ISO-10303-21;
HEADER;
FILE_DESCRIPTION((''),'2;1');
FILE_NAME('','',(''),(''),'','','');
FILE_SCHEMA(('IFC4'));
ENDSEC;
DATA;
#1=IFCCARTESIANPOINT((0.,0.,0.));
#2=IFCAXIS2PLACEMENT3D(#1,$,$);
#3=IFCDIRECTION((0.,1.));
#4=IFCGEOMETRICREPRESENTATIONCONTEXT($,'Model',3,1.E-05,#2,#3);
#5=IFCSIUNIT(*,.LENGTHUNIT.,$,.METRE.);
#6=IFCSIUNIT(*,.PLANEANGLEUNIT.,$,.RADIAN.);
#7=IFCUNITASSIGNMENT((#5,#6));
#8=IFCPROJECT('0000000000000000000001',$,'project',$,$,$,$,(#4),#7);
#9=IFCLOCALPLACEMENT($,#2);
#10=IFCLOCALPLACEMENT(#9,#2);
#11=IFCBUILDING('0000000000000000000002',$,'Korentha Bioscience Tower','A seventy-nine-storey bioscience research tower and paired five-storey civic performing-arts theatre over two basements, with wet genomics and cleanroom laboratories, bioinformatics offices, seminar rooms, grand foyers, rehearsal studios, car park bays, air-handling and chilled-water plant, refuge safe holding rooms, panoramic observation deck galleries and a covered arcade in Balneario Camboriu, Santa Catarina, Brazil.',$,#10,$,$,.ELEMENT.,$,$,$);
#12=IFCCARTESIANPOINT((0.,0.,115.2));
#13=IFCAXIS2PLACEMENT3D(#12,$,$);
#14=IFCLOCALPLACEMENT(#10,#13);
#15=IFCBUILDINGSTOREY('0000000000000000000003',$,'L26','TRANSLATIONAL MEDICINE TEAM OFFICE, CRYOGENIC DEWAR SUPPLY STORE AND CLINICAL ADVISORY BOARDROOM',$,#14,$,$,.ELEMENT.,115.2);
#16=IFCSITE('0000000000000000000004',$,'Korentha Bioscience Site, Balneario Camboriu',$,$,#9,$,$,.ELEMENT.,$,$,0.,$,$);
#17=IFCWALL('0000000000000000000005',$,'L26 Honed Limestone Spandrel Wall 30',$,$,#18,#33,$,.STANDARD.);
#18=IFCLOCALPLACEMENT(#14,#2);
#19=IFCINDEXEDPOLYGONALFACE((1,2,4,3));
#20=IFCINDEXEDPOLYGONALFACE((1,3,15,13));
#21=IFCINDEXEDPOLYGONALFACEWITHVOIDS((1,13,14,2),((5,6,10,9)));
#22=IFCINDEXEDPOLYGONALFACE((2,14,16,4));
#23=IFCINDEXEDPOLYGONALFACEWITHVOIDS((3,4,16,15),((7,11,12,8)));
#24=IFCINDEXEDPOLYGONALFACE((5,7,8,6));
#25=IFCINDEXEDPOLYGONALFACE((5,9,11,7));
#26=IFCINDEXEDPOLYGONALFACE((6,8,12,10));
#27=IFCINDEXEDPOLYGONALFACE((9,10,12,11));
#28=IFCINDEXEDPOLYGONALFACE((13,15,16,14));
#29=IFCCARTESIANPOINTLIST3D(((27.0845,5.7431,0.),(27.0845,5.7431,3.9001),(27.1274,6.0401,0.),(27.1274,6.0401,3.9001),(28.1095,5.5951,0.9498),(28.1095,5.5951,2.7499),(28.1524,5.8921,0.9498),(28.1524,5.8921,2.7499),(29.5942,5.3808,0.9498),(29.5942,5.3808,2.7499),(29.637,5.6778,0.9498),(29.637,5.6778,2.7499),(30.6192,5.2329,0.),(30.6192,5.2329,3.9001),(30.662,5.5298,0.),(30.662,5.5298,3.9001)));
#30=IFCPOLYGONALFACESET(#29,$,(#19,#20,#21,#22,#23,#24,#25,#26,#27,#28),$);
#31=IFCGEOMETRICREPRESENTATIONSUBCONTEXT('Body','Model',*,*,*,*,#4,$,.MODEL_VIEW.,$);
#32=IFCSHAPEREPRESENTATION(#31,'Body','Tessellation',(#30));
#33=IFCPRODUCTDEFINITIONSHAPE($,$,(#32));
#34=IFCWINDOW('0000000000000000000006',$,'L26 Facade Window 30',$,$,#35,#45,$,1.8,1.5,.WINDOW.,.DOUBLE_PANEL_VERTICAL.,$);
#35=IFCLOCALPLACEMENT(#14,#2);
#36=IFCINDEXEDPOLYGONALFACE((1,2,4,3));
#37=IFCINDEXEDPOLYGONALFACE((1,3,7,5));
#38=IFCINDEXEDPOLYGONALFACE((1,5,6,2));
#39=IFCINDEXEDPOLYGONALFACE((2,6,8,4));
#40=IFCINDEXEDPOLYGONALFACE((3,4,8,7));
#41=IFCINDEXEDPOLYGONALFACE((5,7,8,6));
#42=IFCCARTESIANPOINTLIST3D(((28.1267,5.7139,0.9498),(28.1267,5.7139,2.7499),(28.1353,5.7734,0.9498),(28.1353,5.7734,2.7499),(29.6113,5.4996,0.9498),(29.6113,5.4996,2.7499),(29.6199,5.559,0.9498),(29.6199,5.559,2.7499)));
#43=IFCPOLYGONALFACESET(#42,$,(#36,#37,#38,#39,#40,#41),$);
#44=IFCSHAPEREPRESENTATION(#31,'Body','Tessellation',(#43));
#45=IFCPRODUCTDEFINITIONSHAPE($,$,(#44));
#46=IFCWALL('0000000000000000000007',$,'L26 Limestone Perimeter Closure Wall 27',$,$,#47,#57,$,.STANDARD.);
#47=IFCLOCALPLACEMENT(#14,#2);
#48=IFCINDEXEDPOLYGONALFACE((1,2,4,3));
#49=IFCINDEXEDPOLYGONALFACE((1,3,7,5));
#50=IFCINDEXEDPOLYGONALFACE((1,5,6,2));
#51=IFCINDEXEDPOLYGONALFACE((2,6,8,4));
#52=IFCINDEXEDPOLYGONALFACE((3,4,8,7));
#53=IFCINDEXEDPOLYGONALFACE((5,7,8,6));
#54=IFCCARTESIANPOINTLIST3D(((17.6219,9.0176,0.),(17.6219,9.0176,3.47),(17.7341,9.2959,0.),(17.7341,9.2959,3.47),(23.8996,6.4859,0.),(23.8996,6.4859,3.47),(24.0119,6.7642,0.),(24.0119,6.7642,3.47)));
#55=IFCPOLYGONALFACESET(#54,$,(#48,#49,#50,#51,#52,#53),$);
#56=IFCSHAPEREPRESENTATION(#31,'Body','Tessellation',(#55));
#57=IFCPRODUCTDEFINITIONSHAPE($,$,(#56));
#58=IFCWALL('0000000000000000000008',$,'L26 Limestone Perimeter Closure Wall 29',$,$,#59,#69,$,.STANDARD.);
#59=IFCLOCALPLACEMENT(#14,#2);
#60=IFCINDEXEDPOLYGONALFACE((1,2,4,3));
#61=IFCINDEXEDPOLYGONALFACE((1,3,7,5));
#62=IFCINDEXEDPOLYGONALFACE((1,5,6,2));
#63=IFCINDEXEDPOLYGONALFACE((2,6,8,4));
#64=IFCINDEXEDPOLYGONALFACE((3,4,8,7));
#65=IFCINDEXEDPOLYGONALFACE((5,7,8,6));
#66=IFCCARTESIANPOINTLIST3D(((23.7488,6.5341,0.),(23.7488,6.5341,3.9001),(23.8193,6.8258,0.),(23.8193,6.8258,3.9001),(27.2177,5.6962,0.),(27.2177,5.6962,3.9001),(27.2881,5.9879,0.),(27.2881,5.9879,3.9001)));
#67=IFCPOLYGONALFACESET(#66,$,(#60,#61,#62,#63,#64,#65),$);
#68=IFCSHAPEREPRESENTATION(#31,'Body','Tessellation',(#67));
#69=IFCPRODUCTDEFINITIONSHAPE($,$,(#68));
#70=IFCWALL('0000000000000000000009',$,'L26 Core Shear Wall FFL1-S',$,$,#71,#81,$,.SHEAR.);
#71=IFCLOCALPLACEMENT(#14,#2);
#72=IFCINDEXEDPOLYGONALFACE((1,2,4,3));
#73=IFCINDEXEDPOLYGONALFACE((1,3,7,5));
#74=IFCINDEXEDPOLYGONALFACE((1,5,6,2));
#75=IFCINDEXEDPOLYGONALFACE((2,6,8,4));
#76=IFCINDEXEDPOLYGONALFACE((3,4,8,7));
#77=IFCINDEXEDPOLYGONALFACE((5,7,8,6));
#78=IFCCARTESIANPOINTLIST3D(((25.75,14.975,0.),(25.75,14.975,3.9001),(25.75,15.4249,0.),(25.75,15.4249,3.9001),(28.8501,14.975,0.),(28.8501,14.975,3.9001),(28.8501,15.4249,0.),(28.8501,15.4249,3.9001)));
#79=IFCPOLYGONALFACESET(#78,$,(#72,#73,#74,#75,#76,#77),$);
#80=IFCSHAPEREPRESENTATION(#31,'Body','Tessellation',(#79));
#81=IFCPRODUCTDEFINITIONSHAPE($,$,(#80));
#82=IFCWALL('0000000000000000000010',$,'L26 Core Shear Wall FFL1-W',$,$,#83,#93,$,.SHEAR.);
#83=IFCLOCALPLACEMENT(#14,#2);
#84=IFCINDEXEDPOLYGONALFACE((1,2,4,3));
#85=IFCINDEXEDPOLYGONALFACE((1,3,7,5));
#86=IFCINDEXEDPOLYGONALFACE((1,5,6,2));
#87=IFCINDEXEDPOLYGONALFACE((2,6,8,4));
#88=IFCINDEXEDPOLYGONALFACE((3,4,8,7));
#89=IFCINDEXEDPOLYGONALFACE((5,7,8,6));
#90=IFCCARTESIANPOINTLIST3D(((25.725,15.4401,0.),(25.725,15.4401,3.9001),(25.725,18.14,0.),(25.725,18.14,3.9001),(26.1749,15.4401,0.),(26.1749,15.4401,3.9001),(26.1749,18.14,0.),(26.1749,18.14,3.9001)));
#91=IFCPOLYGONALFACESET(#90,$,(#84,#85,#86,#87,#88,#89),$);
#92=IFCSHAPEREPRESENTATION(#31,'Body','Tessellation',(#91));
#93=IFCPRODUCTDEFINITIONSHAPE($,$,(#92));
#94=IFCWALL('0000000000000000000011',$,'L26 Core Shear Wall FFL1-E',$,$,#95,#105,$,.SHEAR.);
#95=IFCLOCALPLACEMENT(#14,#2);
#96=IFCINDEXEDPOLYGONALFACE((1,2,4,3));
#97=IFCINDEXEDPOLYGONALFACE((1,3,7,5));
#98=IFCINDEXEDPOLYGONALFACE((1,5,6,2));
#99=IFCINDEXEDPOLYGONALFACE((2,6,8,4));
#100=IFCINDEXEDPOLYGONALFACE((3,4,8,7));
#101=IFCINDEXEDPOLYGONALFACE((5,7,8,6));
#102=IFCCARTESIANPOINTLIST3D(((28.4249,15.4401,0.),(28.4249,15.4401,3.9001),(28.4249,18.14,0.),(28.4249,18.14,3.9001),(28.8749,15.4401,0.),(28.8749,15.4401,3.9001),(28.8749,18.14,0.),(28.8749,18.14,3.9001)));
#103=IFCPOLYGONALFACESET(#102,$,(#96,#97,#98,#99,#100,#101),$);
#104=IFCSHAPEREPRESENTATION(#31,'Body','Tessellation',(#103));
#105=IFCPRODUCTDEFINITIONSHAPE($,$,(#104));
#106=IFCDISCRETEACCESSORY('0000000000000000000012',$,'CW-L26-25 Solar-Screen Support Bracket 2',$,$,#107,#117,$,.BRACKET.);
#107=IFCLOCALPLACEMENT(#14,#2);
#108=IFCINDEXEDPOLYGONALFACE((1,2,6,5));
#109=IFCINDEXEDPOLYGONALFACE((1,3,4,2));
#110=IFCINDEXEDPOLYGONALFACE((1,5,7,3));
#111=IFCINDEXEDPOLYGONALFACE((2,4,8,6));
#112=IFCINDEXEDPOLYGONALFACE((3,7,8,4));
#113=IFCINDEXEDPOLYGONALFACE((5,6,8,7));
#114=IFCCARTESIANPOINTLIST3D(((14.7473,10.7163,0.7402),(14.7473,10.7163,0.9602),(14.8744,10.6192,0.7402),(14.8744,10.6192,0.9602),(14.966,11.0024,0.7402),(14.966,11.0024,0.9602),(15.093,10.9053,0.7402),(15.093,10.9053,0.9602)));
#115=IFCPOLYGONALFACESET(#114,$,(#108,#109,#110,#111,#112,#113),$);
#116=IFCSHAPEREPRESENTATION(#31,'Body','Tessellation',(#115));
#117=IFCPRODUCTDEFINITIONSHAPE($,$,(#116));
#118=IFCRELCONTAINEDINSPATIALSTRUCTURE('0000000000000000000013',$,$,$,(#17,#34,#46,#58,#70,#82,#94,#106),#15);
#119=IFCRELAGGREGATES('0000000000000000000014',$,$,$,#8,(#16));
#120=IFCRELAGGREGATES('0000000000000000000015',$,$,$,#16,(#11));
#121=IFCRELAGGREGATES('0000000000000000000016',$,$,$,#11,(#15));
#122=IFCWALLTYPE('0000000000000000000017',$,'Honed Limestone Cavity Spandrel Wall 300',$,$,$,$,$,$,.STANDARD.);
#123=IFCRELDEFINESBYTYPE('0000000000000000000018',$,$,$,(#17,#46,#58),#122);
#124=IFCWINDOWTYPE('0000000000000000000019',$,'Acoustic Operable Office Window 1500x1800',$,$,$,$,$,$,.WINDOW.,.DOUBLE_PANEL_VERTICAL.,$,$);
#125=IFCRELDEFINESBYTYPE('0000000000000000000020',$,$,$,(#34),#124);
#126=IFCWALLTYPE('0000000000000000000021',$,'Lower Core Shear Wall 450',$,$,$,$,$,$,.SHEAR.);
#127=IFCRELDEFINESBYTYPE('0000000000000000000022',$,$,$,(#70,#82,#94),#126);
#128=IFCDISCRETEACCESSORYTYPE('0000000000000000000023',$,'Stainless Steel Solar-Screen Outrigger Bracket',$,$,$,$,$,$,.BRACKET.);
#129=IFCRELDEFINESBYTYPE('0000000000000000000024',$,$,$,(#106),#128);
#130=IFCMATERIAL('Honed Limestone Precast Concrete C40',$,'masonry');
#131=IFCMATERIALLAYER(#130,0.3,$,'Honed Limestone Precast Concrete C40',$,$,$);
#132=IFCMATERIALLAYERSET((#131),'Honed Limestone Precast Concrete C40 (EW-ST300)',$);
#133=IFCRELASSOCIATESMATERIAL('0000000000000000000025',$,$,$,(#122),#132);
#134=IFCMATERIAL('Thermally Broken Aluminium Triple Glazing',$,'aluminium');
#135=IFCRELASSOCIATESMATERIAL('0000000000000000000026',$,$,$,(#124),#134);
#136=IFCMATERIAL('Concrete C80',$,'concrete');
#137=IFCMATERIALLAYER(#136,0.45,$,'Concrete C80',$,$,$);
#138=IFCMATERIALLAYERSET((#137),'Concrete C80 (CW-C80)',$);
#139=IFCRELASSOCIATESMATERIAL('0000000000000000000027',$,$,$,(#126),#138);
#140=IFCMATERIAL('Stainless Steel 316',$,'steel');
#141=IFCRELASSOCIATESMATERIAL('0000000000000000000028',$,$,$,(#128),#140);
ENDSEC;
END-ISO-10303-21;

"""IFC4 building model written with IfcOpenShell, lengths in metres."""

from ifc_helpers import new_model, si_unit, direction, frame, frame_2d, origin, origin_2d, place, context, subcontext, project, spatial, rectangle, extrude, material, layer, layer_set, type_object, element, fill, save


model = new_model("IFC4")

# Units and contexts
model_context = context("Model", 3, precision=1e-05, world=origin(), true_north=direction((0.0, 1.0)))
body_context = subcontext(model_context, "Body", "Model", "MODEL_VIEW")
ifc_project = project(units=[si_unit("LENGTHUNIT", "METRE"), si_unit("PLANEANGLEUNIT", "RADIAN")], contexts=[model_context])

# Site, building, storey
site_placement = place(None, origin())
site = spatial("IfcSite", under=ifc_project, at=site_placement, Name="Korentha Bioscience Site, Balneario Camboriu", CompositionType="ELEMENT", RefElevation=0.0)
building_placement = place(site_placement, origin())
building = spatial("IfcBuilding", under=site, at=building_placement, Name="Korentha Bioscience Tower", Description="A seventy-nine-storey bioscience research tower and paired five-storey civic performing-arts theatre over two basements, with wet genomics and cleanroom laboratories, bioinformatics offices, seminar rooms, grand foyers, rehearsal studios, car park bays, air-handling and chilled-water plant, refuge safe holding rooms, panoramic observation deck galleries and a covered arcade in Balneario Camboriu, Santa Catarina, Brazil.", CompositionType="ELEMENT")
storey_placement = place(building_placement, frame((0.0, 0.0, 115.2)))
storey = spatial("IfcBuildingStorey", under=building, at=storey_placement, Name="L26", Description="TRANSLATIONAL MEDICINE TEAM OFFICE, CRYOGENIC DEWAR SUPPLY STORE AND CLINICAL ADVISORY BOARDROOM", CompositionType="ELEMENT", Elevation=115.2)

# Shared definitions
ifc_material_1 = material(Name="Concrete C80", Category="concrete")

# Wall, opening, window
ifc_material_2 = material(Name="Honed Limestone Precast Concrete C40", Category="masonry")
ifc_layer_1 = layer(ifc_material_2, 0.3, Name="Honed Limestone Precast Concrete C40")
ifc_layer_set_1 = layer_set([ifc_layer_1], Name="Honed Limestone Precast Concrete C40 (EW-ST300)")
wall_type_1 = type_object("IfcWallType", Name="Honed Limestone Cavity Spandrel Wall 300", PredefinedType="STANDARD", material=ifc_layer_set_1)
ifc_material_3 = material(Name="Thermally Broken Aluminium Triple Glazing", Category="aluminium")
window_type = type_object("IfcWindowType", Name="Acoustic Operable Office Window 1500x1800", PartitioningType="DOUBLE_PANEL_VERTICAL", PredefinedType="WINDOW", material=ifc_material_3)
wall_1_placement = place(storey_placement, frame((27.106, 5.8916, 0.0), z_axis=(0.0, 0.0, 1.0), x_axis=(0.989741, -0.142876, 0.0)))
wall_1 = element("IfcWall", 1, at=wall_1_placement, inside=storey, type_object=wall_type_1, Name="L26 Honed Limestone Spandrel Wall 30", PredefinedType="STANDARD", context=body_context, shape_type="SweptSolid", body=[
    extrude(rectangle(XDim=3.5713, YDim=0.3, at=frame_2d((1.7856, 0.0))), origin(), (0.0, 0.0, 1.0), 3.9001),
])
opening_1_placement = place(wall_1_placement, frame((1.0356, 0.0, 0.95)))
opening_1 = element("IfcOpeningElement", 2, at=opening_1_placement, cuts=wall_1, PredefinedType="OPENING", context=body_context, shape_type="SweptSolid", body=[
    extrude(rectangle(XDim=1.5, YDim=1.8, at=frame_2d((0.75, 0.8999))), frame((0.0, 0.165, 0.0), z_axis=(0.0, -1.0, 0.0), x_axis=(1.0, 0.0, 0.0)), (0.0, 0.0, 1.0), 0.3298),
])
window_1_placement = place(opening_1_placement, origin())
window_1 = element("IfcWindow", 3, at=window_1_placement, inside=storey, type_object=window_type, Name="L26 Facade Window 30", OverallHeight=1.8, OverallWidth=1.5, PartitioningType="DOUBLE_PANEL_VERTICAL", PredefinedType="WINDOW", context=body_context, shape_type="SweptSolid", body=[
    extrude(rectangle(XDim=1.5, YDim=1.8, at=frame_2d((0.75, 0.8999))), frame((0.0, 0.03, 0.0), z_axis=(0.0, -1.0, 0.0), x_axis=(1.0, 0.0, 0.0)), (0.0, 0.0, 1.0), 0.0601),
])
fill(opening_1, window_1)

# Walls
wall_2_placement = place(storey_placement, frame((17.678, 9.1567, 0.0), z_axis=(0.0, 0.0, 1.0), x_axis=(0.927423, -0.374013, 0.0)))
element("IfcWall", 4, at=wall_2_placement, inside=storey, type_object=wall_type_1, Name="L26 Limestone Perimeter Closure Wall 27", PredefinedType="STANDARD", context=body_context, shape_type="SweptSolid", body=[
    extrude(rectangle(XDim=6.769, YDim=0.3, at=frame_2d((3.3845, 0.0))), origin(), (0.0, 0.0, 1.0), 3.47),
])
wall_3_placement = place(storey_placement, frame((23.7842, 6.6799, 0.0), z_axis=(0.0, 0.0, 1.0), x_axis=(0.972043, -0.234801, 0.0)))
element("IfcWall", 5, at=wall_3_placement, inside=storey, type_object=wall_type_1, Name="L26 Limestone Perimeter Closure Wall 29", PredefinedType="STANDARD", context=body_context, shape_type="SweptSolid", body=[
    extrude(rectangle(XDim=3.5686, YDim=0.3, at=frame_2d((1.7842, 0.0))), origin(), (0.0, 0.0, 1.0), 3.9001),
])
ifc_layer_2 = layer(ifc_material_1, 0.45, Name="Concrete C80")
ifc_layer_set_2 = layer_set([ifc_layer_2], Name="Concrete C80 (CW-C80)")
wall_type_2 = type_object("IfcWallType", Name="Lower Core Shear Wall 450", PredefinedType="SHEAR", material=ifc_layer_set_2)
wall_4_placement = place(storey_placement, frame((25.75, 15.2, 0.0), z_axis=(0.0, 0.0, 1.0), x_axis=(1.0, 0.0, 0.0)))
element("IfcWall", 6, at=wall_4_placement, inside=storey, type_object=wall_type_2, Name="L26 Core Shear Wall FFL1-S", PredefinedType="SHEAR", context=body_context, shape_type="SweptSolid", body=[
    extrude(rectangle(XDim=3.1001, YDim=0.45, at=frame_2d((1.55, 0.0))), origin(), (0.0, 0.0, 1.0), 3.9001),
])
for number, where, z_axis, x_axis, name in (
    (7, (25.95, 15.4399, 0.0), (0.0, 0.0, 1.0), (0.0, 1.0, 0.0), "L26 Core Shear Wall FFL1-W"),
    (8, (28.6499, 15.4399, 0.0), (0.0, 0.0, 1.0), (0.0, 1.0, 0.0), "L26 Core Shear Wall FFL1-E"),
):
    element("IfcWall", number, at=place(storey_placement, frame(where, z_axis=z_axis, x_axis=x_axis)), inside=storey, type_object=wall_type_2, Name=name, PredefinedType="SHEAR", context=body_context, shape_type="SweptSolid", body=[
        extrude(rectangle(XDim=2.7, YDim=0.45, at=frame_2d((1.3501, 0.0))), origin(), (0.0, 0.0, 1.0), 3.9001),
    ])

# Discrete accessory
ifc_material_4 = material(Name="Stainless Steel 316", Category="steel")
discrete_accessory_type = type_object("IfcDiscreteAccessoryType", Name="Stainless Steel Solar-Screen Outrigger Bracket", PredefinedType="BRACKET", material=ifc_material_4)
discrete_accessory_placement = place(storey_placement, frame((14.9202, 10.8108, 0.7402), z_axis=(0.0, 0.0, 1.0), x_axis=(0.7945, -0.607265, 0.0)))
element("IfcDiscreteAccessory", 9, at=discrete_accessory_placement, inside=storey, type_object=discrete_accessory_type, Name="CW-L26-25 Solar-Screen Support Bracket 2", PredefinedType="BRACKET", context=body_context, shape_type="SweptSolid", body=[
    extrude(rectangle(XDim=0.1599, YDim=0.3601, at=origin_2d()), origin(), (0.0, 0.0, 1.0), 0.22),
])

save(model, "model.ifc")
